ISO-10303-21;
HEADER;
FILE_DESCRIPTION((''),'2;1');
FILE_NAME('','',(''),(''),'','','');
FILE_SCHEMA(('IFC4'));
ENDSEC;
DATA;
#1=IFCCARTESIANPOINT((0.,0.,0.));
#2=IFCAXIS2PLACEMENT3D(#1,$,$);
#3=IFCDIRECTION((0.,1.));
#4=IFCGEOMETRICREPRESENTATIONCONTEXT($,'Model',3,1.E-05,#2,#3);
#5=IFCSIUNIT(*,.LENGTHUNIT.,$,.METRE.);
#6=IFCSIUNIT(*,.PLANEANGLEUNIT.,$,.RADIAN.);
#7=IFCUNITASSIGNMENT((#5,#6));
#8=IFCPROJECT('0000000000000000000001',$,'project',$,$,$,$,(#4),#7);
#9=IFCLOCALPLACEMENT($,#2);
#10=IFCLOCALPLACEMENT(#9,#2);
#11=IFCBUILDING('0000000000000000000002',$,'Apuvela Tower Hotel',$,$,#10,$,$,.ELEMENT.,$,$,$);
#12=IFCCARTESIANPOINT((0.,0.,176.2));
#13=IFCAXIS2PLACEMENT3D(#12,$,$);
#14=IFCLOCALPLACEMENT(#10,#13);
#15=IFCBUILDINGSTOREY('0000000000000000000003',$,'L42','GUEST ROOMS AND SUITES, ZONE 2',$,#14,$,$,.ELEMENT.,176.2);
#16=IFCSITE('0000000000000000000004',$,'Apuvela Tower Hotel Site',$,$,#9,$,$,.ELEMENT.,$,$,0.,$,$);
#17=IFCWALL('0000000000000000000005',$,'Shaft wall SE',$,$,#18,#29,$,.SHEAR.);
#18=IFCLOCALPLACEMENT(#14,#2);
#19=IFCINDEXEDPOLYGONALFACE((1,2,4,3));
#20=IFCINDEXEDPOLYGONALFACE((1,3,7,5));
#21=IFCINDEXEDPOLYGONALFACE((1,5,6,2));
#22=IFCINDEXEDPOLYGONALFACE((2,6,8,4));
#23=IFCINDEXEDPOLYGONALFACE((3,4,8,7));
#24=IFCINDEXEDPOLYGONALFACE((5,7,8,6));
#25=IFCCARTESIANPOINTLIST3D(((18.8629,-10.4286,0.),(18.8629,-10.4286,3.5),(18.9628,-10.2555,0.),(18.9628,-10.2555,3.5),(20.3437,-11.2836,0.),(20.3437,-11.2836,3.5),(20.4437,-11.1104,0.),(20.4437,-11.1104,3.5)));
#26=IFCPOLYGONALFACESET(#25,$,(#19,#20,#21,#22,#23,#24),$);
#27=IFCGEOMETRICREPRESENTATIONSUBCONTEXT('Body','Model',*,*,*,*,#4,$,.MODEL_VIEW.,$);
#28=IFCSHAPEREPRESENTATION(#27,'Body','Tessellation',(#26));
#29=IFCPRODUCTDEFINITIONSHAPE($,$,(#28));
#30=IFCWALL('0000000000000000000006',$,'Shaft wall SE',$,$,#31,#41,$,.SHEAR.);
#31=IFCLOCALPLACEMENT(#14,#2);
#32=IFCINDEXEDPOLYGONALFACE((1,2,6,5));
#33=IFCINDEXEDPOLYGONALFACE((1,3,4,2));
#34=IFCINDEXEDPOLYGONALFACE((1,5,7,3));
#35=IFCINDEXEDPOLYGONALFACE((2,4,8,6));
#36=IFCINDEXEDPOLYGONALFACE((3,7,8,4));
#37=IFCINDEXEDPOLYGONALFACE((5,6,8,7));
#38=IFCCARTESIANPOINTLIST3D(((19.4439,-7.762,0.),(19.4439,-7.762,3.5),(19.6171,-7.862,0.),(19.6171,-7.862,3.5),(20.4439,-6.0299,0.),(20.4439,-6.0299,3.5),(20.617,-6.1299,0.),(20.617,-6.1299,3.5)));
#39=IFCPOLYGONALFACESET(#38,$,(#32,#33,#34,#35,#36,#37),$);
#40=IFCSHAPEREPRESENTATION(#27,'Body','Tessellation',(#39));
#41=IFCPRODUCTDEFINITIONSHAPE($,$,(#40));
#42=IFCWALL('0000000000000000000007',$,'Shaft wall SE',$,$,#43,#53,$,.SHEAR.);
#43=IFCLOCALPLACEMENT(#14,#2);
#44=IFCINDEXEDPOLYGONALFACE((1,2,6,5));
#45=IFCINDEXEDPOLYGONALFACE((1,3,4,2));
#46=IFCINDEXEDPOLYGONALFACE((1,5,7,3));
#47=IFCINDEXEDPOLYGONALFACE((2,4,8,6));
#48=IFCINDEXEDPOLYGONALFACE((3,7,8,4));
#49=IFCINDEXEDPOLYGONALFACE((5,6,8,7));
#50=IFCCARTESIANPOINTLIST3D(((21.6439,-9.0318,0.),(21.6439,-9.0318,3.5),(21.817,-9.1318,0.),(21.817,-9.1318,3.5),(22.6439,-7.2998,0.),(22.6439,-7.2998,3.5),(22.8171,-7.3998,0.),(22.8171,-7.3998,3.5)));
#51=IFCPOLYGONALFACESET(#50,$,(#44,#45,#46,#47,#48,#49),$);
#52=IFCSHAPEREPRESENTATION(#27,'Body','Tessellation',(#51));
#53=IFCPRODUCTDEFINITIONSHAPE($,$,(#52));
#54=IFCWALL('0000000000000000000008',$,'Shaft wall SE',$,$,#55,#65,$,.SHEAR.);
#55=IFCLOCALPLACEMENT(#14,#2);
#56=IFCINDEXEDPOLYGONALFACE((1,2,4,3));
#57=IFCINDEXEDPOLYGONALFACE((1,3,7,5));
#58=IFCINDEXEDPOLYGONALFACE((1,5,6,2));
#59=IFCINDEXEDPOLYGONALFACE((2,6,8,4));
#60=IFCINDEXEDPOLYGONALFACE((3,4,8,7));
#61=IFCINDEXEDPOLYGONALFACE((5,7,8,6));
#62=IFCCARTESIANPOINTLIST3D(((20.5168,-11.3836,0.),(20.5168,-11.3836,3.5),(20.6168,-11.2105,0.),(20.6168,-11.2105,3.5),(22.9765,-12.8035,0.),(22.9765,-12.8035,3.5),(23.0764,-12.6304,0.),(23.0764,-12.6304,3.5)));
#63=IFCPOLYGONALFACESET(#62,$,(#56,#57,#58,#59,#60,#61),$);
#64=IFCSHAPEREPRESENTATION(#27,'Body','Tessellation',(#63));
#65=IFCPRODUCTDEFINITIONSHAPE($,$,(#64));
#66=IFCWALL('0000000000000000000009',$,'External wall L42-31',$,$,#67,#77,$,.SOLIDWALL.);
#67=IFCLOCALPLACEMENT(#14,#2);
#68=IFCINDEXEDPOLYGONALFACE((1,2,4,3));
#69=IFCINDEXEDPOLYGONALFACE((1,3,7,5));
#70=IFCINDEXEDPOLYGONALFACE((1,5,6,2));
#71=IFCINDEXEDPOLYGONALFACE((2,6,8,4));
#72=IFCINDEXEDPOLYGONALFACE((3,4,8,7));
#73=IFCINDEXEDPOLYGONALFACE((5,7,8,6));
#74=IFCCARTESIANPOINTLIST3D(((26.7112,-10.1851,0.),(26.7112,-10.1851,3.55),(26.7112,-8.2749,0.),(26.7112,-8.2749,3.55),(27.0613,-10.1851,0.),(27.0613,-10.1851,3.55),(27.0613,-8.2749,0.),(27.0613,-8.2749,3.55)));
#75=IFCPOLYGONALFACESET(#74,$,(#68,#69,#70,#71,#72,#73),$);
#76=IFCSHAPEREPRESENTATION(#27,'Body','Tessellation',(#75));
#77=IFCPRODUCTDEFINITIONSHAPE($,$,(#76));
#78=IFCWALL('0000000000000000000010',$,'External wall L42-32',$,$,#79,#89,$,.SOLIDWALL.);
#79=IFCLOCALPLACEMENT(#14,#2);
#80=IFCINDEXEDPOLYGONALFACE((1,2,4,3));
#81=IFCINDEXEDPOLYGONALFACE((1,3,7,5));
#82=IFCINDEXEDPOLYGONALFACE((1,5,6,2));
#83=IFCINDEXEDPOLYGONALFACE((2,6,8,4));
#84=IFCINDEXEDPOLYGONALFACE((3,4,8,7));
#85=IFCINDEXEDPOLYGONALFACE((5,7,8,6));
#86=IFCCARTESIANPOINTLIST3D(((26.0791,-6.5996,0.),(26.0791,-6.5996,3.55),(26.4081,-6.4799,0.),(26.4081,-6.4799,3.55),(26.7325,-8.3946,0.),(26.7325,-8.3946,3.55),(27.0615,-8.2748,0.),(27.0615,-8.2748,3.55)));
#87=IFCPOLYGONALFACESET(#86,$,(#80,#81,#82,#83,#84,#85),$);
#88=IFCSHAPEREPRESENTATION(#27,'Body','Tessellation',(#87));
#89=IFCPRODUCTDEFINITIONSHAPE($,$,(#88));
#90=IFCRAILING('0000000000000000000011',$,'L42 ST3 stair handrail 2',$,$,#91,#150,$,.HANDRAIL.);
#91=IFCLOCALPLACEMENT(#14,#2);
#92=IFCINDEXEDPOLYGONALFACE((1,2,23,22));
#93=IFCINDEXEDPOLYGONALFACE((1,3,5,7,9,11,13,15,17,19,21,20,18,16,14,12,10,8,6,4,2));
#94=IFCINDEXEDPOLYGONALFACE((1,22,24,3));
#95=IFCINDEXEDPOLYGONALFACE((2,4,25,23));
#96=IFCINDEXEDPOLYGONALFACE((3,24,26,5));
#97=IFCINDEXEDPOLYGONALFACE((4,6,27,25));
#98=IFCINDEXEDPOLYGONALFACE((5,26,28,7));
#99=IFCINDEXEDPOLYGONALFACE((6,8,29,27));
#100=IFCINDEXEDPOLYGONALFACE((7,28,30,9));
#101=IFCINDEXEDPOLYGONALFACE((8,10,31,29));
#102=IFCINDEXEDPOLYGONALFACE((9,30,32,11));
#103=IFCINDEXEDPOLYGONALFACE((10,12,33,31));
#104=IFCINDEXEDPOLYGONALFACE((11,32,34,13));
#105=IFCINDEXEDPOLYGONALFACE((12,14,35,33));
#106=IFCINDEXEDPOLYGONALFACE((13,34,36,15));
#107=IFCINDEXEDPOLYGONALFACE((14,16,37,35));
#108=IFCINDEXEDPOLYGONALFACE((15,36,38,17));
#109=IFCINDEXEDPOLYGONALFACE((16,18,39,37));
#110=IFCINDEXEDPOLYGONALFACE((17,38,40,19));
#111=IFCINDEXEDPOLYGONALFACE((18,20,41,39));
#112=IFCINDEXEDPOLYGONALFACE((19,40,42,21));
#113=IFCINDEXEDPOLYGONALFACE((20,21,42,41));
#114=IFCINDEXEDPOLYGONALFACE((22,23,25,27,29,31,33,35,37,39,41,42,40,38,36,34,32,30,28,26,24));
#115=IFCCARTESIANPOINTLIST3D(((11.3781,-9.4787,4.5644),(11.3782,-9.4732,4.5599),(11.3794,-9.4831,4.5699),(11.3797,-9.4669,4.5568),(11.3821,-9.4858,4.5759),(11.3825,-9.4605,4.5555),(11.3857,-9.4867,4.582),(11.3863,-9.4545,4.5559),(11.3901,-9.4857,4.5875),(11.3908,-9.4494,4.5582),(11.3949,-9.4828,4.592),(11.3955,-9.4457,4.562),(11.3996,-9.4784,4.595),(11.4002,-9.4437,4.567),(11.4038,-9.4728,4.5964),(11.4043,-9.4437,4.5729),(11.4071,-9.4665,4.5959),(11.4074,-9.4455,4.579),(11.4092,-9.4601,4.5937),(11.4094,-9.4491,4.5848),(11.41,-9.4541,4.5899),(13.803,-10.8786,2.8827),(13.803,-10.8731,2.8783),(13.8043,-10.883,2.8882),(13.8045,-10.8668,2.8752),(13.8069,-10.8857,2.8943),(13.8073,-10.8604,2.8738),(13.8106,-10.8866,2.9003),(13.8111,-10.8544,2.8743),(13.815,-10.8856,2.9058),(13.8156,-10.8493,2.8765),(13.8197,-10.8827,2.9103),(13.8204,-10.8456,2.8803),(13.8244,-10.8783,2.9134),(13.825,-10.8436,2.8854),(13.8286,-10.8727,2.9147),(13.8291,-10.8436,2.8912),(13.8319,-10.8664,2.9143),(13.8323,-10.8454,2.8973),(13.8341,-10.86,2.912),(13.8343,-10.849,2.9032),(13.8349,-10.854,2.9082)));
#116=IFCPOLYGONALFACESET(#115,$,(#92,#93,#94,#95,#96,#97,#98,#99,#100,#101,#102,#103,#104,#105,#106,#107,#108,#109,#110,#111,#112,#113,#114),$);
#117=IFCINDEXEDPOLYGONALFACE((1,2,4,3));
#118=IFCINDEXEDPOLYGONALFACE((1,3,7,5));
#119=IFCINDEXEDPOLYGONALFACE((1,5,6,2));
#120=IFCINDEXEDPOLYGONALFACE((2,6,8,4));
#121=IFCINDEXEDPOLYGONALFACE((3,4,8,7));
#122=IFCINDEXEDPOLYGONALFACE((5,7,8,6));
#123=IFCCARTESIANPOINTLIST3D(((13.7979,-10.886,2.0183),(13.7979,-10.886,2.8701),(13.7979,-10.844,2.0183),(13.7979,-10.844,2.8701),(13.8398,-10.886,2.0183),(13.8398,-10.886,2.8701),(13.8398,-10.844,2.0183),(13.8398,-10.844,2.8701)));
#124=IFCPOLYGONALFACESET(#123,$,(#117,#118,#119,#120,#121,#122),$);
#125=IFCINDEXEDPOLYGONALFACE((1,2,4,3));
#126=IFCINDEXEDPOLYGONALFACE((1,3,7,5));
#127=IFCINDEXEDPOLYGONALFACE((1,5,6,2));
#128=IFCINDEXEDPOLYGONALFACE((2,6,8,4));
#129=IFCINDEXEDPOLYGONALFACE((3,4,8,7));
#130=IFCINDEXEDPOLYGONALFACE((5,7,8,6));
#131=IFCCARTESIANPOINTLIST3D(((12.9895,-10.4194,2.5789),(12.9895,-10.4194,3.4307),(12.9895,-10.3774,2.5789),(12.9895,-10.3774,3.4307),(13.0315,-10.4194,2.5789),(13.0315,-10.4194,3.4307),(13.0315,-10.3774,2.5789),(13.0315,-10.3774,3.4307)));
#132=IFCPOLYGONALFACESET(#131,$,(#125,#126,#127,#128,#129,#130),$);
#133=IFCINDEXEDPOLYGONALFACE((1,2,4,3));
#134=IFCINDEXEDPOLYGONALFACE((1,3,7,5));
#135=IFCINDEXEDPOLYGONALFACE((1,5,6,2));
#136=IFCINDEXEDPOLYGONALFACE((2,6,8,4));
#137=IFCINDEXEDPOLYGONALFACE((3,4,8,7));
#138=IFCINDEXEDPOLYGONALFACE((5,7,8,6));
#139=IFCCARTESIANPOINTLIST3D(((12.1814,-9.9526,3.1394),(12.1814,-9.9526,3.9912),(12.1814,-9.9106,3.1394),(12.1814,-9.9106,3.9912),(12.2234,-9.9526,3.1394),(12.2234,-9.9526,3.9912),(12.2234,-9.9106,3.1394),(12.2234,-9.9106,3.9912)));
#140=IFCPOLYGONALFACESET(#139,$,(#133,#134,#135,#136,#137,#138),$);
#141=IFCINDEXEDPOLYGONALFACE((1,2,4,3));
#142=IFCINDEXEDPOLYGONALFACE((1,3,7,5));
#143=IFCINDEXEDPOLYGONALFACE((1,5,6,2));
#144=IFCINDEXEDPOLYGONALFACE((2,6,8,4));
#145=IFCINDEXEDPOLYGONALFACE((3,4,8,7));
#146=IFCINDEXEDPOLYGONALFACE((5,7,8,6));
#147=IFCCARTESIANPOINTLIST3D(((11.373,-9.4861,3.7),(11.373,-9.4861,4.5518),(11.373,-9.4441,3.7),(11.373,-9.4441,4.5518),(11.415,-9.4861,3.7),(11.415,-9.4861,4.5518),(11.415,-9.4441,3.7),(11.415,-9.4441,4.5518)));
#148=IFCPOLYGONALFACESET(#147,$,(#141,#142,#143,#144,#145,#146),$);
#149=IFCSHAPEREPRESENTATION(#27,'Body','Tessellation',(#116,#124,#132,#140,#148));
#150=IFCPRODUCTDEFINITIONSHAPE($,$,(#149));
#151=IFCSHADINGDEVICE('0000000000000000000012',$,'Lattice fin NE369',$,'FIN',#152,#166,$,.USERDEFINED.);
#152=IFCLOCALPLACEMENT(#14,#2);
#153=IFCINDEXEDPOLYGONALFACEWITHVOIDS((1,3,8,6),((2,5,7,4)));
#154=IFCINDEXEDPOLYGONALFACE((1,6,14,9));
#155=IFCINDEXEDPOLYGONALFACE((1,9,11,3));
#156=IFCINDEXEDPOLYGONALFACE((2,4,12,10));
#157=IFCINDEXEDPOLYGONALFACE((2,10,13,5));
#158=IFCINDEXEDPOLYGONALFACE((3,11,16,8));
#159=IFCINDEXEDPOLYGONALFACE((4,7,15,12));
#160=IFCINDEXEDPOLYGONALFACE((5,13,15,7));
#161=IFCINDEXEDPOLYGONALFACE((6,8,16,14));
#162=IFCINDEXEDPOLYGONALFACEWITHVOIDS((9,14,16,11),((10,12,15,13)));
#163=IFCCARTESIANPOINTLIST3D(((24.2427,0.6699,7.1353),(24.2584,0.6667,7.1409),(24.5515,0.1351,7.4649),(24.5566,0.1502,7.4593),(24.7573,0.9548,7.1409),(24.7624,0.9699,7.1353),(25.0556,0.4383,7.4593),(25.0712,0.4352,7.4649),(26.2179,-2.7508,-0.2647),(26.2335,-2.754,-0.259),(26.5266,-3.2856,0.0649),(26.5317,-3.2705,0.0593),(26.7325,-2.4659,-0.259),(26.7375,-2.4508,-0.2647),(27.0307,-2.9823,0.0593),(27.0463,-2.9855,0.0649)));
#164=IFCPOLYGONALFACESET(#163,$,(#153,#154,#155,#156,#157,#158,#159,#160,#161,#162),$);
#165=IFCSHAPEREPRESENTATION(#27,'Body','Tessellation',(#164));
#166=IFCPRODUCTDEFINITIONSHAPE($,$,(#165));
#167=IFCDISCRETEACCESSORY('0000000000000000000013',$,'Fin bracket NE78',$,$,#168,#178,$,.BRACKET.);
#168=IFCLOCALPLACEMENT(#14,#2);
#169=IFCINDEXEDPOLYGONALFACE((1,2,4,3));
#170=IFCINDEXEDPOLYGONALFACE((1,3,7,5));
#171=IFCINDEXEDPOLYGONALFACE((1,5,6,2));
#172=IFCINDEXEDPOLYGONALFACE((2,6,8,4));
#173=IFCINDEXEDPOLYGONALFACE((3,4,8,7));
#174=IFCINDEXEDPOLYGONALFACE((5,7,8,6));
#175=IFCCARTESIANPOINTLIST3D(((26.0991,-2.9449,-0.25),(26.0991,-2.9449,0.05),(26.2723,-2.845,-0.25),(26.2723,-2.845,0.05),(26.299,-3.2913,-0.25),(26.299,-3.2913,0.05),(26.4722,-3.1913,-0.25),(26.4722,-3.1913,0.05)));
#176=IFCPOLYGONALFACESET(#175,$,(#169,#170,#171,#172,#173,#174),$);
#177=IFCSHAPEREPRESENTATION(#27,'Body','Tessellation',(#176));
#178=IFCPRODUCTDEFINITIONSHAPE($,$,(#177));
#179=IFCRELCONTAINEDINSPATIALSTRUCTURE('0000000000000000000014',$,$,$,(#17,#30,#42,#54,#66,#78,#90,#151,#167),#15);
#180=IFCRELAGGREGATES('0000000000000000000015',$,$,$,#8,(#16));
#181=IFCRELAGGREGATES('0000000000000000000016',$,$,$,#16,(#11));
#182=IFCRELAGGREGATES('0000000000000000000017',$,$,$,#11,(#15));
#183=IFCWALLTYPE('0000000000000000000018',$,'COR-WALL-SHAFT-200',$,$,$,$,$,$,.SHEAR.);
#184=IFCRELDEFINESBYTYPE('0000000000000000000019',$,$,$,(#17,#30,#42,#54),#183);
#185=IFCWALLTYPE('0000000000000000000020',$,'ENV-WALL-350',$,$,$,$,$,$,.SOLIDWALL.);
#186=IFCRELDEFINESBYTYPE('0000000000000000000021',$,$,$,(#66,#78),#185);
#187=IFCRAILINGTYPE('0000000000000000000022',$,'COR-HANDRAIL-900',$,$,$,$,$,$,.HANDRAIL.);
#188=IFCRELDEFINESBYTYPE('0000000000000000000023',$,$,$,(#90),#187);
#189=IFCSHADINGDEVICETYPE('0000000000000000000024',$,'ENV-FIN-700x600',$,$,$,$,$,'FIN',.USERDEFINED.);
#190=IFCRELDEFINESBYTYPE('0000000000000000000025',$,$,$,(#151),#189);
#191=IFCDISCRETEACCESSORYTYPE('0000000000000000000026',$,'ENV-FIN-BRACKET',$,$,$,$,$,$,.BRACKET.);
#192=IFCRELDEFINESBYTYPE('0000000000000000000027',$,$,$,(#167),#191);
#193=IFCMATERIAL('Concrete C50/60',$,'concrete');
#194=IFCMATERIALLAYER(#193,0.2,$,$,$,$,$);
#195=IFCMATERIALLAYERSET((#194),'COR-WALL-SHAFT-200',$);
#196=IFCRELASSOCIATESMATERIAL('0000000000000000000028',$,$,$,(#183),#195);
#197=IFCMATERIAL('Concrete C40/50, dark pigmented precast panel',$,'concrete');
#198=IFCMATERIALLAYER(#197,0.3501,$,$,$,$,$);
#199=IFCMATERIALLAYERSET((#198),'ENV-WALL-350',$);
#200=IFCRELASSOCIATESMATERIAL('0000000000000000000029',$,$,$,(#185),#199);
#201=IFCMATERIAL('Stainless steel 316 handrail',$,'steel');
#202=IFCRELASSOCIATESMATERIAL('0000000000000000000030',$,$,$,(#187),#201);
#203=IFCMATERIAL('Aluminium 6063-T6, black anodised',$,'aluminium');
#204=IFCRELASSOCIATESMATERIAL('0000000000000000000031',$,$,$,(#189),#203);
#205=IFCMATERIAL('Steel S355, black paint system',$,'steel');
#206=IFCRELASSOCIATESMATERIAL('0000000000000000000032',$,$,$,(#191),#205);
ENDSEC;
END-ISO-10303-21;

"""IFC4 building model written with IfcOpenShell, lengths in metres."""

from ifc_helpers import new_model, si_unit, direction, frame, frame_2d, origin, origin_2d, place, context, subcontext, project, spatial, rectangle, hollow_rectangle, circle, extrude, material, layer, layer_set, material_profile, profile_set, type_object, element, save


model = new_model("IFC4")

# Units and contexts
model_context = context("Model", 3, precision=1e-05, world=origin(), true_north=direction((0.0, 1.0)))
body_context = subcontext(model_context, "Body", "Model", "MODEL_VIEW")
ifc_project = project(units=[si_unit("LENGTHUNIT", "METRE"), si_unit("PLANEANGLEUNIT", "RADIAN")], contexts=[model_context])

# Site, building, storey
site_placement = place(None, origin())
site = spatial("IfcSite", under=ifc_project, at=site_placement, Name="Apuvela Tower Hotel Site", CompositionType="ELEMENT", RefElevation=0.0)
building_placement = place(site_placement, origin())
building = spatial("IfcBuilding", under=site, at=building_placement, Name="Apuvela Tower Hotel", CompositionType="ELEMENT")
storey_placement = place(building_placement, frame((0.0, 0.0, 176.2)))
storey = spatial("IfcBuildingStorey", under=building, at=storey_placement, Name="L42", Description="GUEST ROOMS AND SUITES, ZONE 2", CompositionType="ELEMENT", Elevation=176.2)

# Walls
ifc_material_1 = material(Name="Concrete C50/60", Category="concrete")
ifc_layer_1 = layer(ifc_material_1, 0.2)
ifc_layer_set_1 = layer_set([ifc_layer_1], Name="COR-WALL-SHAFT-200")
wall_type_1 = type_object("IfcWallType", Name="COR-WALL-SHAFT-200", PredefinedType="SHEAR", material=ifc_layer_set_1)
wall_1_placement = place(storey_placement, frame((18.9128, -10.342, 0.0), z_axis=(0.0, 0.0, 1.0), x_axis=(0.866038, -0.499978, 0.0)))
element("IfcWall", 1, at=wall_1_placement, inside=storey, type_object=wall_type_1, Name="Shaft wall SE", PredefinedType="SHEAR", context=body_context, shape_type="SweptSolid", body=[
    extrude(rectangle(XDim=1.71, YDim=0.2, at=frame_2d((0.855, 0.0))), origin(), (0.0, 0.0, 1.0), 3.5),
])
for number, where, z_axis, x_axis, name in (
    (2, (19.5305, -7.812, 0.0), (0.0, 0.0, 1.0), (0.499973, 0.866041, 0.0), "Shaft wall SE"),
    (3, (21.7305, -9.0818, 0.0), (0.0, 0.0, 1.0), (0.500025, 0.866011, 0.0), "Shaft wall SE"),
):
    element("IfcWall", number, at=place(storey_placement, frame(where, z_axis=z_axis, x_axis=x_axis)), inside=storey, type_object=wall_type_1, Name=name, PredefinedType="SHEAR", context=body_context, shape_type="SweptSolid", body=[
        extrude(rectangle(XDim=2.0, YDim=0.2, at=frame_2d((1.0, 0.0))), origin(), (0.0, 0.0, 1.0), 3.5),
    ])
wall_2_placement = place(storey_placement, frame((20.5669, -11.2971, 0.0), z_axis=(0.0, 0.0, 1.0), x_axis=(0.866055, -0.499948, 0.0)))
element("IfcWall", 4, at=wall_2_placement, inside=storey, type_object=wall_type_1, Name="Shaft wall SE", PredefinedType="SHEAR", context=body_context, shape_type="SweptSolid", body=[
    extrude(rectangle(XDim=2.8401, YDim=0.2, at=frame_2d((1.4199, 0.0))), origin(), (0.0, 0.0, 1.0), 3.5),
])
ifc_material_2 = material(Name="Concrete C40/50, dark pigmented precast panel", Category="concrete")
ifc_layer_2 = layer(ifc_material_2, 0.3501)
ifc_layer_set_2 = layer_set([ifc_layer_2], Name="ENV-WALL-350")
wall_type_2 = type_object("IfcWallType", Name="ENV-WALL-350", PredefinedType="SOLIDWALL", material=ifc_layer_set_2)
for number, where, z_axis, x_axis, name in (
    (5, (26.8862, -10.1851, 0.0), (0.0, 0.0, 1.0), (0.0, 1.0, 0.0), "External wall L42-31"),
    (6, (26.897, -8.3347, 0.0), (0.0, 0.0, 1.0), (-0.34203, 0.939689, 0.0), "External wall L42-32"),
):
    element("IfcWall", number, at=place(storey_placement, frame(where, z_axis=z_axis, x_axis=x_axis)), inside=storey, type_object=wall_type_2, Name=name, PredefinedType="SOLIDWALL", context=body_context, shape_type="SweptSolid", body=[
        extrude(rectangle(XDim=1.9102, YDim=0.3501, at=frame_2d((0.9551, 0.0))), origin(), (0.0, 0.0, 1.0), 3.55),
    ])

# Railing
ifc_material_3 = material(Name="Stainless steel 316 handrail", Category="steel")
railing_type_1 = type_object("IfcRailingType", Name="COR-HANDRAIL-900", PredefinedType="HANDRAIL", material=ifc_material_3)
railing_1_placement = place(storey_placement, frame((13.8188, -10.865, 2.0183)))
element("IfcRailing", 7, at=railing_1_placement, inside=storey, type_object=railing_type_1, Name="L42 ST3 stair handrail 2", PredefinedType="HANDRAIL", context=body_context, shape_type="SweptSolid", body=[
    extrude(circle(Radius=0.0239, at=origin_2d()), frame((0.0, 0.0, 0.876), z_axis=(-0.742419, 0.428618, 0.514879), x_axis=(-0.499984, -0.866035, 0.0)), (0.0, 0.0, 1.0), 3.2661),
    extrude(rectangle(XDim=0.042, YDim=0.042, at=origin_2d()), origin(), (0.0, 0.0, 1.0), 0.8518),
    extrude(rectangle(XDim=0.042, YDim=0.042, at=origin_2d()), frame((-0.8083, 0.4666, 0.5605)), (0.0, 0.0, 1.0), 0.8518),
    extrude(rectangle(XDim=0.042, YDim=0.042, at=origin_2d()), frame((-1.6165, 0.9333, 1.1211)), (0.0, 0.0, 1.0), 0.8518),
    extrude(rectangle(XDim=0.042, YDim=0.042, at=origin_2d()), frame((-2.4248, 1.3999, 1.6816)), (0.0, 0.0, 1.0), 0.8518),
])

# Shading device
ifc_material_4 = material(Name="Aluminium 6063-T6, black anodised", Category="aluminium")
ifc_material_profile_1 = material_profile(ifc_material_4, hollow_rectangle(XDim=0.6001, YDim=0.7, WallThickness=0.012, at=origin_2d()), Name="AL BOX 700x600x12")
ifc_profile_set_1 = profile_set([ifc_material_profile_1], Name="Aluminium 6063-T6, black anodised")
shading_device_type = type_object("IfcShadingDeviceType", Name="ENV-FIN-700x600", ElementType="FIN", PredefinedType="USERDEFINED", material=ifc_profile_set_1)
shading_device_placement = place(storey_placement, frame((26.6321, -2.8682, -0.0999), z_axis=(-0.235464, 0.407798, 0.882189), x_axis=(-0.866005, -0.500035, 0.0)))
element("IfcShadingDevice", 8, at=shading_device_placement, inside=storey, type_object=shading_device_type, Name="Lattice fin NE369", ObjectType="FIN", PredefinedType="USERDEFINED", context=body_context, shape_type="SweptSolid", body=[
    extrude(hollow_rectangle(XDim=0.6001, YDim=0.7, WallThickness=0.012, at=origin_2d()), origin(), (0.0, 0.0, 1.0), 8.3882),
])

# Discrete accessory
ifc_material_5 = material(Name="Steel S355, black paint system", Category="steel")
discrete_accessory_type = type_object("IfcDiscreteAccessoryType", Name="ENV-FIN-BRACKET", PredefinedType="BRACKET", material=ifc_material_5)
discrete_accessory_placement = place(storey_placement, frame((26.2856, -3.0681, -0.25), z_axis=(0.0, 0.0, 1.0), x_axis=(-0.5, 0.866025, 0.0)))
element("IfcDiscreteAccessory", 9, at=discrete_accessory_placement, inside=storey, type_object=discrete_accessory_type, Name="Fin bracket NE78", PredefinedType="BRACKET", context=body_context, shape_type="SweptSolid", body=[
    extrude(rectangle(XDim=0.3999, YDim=0.2, at=origin_2d()), origin(), (0.0, 0.0, 1.0), 0.3),
])

save(model, "model.ifc")
